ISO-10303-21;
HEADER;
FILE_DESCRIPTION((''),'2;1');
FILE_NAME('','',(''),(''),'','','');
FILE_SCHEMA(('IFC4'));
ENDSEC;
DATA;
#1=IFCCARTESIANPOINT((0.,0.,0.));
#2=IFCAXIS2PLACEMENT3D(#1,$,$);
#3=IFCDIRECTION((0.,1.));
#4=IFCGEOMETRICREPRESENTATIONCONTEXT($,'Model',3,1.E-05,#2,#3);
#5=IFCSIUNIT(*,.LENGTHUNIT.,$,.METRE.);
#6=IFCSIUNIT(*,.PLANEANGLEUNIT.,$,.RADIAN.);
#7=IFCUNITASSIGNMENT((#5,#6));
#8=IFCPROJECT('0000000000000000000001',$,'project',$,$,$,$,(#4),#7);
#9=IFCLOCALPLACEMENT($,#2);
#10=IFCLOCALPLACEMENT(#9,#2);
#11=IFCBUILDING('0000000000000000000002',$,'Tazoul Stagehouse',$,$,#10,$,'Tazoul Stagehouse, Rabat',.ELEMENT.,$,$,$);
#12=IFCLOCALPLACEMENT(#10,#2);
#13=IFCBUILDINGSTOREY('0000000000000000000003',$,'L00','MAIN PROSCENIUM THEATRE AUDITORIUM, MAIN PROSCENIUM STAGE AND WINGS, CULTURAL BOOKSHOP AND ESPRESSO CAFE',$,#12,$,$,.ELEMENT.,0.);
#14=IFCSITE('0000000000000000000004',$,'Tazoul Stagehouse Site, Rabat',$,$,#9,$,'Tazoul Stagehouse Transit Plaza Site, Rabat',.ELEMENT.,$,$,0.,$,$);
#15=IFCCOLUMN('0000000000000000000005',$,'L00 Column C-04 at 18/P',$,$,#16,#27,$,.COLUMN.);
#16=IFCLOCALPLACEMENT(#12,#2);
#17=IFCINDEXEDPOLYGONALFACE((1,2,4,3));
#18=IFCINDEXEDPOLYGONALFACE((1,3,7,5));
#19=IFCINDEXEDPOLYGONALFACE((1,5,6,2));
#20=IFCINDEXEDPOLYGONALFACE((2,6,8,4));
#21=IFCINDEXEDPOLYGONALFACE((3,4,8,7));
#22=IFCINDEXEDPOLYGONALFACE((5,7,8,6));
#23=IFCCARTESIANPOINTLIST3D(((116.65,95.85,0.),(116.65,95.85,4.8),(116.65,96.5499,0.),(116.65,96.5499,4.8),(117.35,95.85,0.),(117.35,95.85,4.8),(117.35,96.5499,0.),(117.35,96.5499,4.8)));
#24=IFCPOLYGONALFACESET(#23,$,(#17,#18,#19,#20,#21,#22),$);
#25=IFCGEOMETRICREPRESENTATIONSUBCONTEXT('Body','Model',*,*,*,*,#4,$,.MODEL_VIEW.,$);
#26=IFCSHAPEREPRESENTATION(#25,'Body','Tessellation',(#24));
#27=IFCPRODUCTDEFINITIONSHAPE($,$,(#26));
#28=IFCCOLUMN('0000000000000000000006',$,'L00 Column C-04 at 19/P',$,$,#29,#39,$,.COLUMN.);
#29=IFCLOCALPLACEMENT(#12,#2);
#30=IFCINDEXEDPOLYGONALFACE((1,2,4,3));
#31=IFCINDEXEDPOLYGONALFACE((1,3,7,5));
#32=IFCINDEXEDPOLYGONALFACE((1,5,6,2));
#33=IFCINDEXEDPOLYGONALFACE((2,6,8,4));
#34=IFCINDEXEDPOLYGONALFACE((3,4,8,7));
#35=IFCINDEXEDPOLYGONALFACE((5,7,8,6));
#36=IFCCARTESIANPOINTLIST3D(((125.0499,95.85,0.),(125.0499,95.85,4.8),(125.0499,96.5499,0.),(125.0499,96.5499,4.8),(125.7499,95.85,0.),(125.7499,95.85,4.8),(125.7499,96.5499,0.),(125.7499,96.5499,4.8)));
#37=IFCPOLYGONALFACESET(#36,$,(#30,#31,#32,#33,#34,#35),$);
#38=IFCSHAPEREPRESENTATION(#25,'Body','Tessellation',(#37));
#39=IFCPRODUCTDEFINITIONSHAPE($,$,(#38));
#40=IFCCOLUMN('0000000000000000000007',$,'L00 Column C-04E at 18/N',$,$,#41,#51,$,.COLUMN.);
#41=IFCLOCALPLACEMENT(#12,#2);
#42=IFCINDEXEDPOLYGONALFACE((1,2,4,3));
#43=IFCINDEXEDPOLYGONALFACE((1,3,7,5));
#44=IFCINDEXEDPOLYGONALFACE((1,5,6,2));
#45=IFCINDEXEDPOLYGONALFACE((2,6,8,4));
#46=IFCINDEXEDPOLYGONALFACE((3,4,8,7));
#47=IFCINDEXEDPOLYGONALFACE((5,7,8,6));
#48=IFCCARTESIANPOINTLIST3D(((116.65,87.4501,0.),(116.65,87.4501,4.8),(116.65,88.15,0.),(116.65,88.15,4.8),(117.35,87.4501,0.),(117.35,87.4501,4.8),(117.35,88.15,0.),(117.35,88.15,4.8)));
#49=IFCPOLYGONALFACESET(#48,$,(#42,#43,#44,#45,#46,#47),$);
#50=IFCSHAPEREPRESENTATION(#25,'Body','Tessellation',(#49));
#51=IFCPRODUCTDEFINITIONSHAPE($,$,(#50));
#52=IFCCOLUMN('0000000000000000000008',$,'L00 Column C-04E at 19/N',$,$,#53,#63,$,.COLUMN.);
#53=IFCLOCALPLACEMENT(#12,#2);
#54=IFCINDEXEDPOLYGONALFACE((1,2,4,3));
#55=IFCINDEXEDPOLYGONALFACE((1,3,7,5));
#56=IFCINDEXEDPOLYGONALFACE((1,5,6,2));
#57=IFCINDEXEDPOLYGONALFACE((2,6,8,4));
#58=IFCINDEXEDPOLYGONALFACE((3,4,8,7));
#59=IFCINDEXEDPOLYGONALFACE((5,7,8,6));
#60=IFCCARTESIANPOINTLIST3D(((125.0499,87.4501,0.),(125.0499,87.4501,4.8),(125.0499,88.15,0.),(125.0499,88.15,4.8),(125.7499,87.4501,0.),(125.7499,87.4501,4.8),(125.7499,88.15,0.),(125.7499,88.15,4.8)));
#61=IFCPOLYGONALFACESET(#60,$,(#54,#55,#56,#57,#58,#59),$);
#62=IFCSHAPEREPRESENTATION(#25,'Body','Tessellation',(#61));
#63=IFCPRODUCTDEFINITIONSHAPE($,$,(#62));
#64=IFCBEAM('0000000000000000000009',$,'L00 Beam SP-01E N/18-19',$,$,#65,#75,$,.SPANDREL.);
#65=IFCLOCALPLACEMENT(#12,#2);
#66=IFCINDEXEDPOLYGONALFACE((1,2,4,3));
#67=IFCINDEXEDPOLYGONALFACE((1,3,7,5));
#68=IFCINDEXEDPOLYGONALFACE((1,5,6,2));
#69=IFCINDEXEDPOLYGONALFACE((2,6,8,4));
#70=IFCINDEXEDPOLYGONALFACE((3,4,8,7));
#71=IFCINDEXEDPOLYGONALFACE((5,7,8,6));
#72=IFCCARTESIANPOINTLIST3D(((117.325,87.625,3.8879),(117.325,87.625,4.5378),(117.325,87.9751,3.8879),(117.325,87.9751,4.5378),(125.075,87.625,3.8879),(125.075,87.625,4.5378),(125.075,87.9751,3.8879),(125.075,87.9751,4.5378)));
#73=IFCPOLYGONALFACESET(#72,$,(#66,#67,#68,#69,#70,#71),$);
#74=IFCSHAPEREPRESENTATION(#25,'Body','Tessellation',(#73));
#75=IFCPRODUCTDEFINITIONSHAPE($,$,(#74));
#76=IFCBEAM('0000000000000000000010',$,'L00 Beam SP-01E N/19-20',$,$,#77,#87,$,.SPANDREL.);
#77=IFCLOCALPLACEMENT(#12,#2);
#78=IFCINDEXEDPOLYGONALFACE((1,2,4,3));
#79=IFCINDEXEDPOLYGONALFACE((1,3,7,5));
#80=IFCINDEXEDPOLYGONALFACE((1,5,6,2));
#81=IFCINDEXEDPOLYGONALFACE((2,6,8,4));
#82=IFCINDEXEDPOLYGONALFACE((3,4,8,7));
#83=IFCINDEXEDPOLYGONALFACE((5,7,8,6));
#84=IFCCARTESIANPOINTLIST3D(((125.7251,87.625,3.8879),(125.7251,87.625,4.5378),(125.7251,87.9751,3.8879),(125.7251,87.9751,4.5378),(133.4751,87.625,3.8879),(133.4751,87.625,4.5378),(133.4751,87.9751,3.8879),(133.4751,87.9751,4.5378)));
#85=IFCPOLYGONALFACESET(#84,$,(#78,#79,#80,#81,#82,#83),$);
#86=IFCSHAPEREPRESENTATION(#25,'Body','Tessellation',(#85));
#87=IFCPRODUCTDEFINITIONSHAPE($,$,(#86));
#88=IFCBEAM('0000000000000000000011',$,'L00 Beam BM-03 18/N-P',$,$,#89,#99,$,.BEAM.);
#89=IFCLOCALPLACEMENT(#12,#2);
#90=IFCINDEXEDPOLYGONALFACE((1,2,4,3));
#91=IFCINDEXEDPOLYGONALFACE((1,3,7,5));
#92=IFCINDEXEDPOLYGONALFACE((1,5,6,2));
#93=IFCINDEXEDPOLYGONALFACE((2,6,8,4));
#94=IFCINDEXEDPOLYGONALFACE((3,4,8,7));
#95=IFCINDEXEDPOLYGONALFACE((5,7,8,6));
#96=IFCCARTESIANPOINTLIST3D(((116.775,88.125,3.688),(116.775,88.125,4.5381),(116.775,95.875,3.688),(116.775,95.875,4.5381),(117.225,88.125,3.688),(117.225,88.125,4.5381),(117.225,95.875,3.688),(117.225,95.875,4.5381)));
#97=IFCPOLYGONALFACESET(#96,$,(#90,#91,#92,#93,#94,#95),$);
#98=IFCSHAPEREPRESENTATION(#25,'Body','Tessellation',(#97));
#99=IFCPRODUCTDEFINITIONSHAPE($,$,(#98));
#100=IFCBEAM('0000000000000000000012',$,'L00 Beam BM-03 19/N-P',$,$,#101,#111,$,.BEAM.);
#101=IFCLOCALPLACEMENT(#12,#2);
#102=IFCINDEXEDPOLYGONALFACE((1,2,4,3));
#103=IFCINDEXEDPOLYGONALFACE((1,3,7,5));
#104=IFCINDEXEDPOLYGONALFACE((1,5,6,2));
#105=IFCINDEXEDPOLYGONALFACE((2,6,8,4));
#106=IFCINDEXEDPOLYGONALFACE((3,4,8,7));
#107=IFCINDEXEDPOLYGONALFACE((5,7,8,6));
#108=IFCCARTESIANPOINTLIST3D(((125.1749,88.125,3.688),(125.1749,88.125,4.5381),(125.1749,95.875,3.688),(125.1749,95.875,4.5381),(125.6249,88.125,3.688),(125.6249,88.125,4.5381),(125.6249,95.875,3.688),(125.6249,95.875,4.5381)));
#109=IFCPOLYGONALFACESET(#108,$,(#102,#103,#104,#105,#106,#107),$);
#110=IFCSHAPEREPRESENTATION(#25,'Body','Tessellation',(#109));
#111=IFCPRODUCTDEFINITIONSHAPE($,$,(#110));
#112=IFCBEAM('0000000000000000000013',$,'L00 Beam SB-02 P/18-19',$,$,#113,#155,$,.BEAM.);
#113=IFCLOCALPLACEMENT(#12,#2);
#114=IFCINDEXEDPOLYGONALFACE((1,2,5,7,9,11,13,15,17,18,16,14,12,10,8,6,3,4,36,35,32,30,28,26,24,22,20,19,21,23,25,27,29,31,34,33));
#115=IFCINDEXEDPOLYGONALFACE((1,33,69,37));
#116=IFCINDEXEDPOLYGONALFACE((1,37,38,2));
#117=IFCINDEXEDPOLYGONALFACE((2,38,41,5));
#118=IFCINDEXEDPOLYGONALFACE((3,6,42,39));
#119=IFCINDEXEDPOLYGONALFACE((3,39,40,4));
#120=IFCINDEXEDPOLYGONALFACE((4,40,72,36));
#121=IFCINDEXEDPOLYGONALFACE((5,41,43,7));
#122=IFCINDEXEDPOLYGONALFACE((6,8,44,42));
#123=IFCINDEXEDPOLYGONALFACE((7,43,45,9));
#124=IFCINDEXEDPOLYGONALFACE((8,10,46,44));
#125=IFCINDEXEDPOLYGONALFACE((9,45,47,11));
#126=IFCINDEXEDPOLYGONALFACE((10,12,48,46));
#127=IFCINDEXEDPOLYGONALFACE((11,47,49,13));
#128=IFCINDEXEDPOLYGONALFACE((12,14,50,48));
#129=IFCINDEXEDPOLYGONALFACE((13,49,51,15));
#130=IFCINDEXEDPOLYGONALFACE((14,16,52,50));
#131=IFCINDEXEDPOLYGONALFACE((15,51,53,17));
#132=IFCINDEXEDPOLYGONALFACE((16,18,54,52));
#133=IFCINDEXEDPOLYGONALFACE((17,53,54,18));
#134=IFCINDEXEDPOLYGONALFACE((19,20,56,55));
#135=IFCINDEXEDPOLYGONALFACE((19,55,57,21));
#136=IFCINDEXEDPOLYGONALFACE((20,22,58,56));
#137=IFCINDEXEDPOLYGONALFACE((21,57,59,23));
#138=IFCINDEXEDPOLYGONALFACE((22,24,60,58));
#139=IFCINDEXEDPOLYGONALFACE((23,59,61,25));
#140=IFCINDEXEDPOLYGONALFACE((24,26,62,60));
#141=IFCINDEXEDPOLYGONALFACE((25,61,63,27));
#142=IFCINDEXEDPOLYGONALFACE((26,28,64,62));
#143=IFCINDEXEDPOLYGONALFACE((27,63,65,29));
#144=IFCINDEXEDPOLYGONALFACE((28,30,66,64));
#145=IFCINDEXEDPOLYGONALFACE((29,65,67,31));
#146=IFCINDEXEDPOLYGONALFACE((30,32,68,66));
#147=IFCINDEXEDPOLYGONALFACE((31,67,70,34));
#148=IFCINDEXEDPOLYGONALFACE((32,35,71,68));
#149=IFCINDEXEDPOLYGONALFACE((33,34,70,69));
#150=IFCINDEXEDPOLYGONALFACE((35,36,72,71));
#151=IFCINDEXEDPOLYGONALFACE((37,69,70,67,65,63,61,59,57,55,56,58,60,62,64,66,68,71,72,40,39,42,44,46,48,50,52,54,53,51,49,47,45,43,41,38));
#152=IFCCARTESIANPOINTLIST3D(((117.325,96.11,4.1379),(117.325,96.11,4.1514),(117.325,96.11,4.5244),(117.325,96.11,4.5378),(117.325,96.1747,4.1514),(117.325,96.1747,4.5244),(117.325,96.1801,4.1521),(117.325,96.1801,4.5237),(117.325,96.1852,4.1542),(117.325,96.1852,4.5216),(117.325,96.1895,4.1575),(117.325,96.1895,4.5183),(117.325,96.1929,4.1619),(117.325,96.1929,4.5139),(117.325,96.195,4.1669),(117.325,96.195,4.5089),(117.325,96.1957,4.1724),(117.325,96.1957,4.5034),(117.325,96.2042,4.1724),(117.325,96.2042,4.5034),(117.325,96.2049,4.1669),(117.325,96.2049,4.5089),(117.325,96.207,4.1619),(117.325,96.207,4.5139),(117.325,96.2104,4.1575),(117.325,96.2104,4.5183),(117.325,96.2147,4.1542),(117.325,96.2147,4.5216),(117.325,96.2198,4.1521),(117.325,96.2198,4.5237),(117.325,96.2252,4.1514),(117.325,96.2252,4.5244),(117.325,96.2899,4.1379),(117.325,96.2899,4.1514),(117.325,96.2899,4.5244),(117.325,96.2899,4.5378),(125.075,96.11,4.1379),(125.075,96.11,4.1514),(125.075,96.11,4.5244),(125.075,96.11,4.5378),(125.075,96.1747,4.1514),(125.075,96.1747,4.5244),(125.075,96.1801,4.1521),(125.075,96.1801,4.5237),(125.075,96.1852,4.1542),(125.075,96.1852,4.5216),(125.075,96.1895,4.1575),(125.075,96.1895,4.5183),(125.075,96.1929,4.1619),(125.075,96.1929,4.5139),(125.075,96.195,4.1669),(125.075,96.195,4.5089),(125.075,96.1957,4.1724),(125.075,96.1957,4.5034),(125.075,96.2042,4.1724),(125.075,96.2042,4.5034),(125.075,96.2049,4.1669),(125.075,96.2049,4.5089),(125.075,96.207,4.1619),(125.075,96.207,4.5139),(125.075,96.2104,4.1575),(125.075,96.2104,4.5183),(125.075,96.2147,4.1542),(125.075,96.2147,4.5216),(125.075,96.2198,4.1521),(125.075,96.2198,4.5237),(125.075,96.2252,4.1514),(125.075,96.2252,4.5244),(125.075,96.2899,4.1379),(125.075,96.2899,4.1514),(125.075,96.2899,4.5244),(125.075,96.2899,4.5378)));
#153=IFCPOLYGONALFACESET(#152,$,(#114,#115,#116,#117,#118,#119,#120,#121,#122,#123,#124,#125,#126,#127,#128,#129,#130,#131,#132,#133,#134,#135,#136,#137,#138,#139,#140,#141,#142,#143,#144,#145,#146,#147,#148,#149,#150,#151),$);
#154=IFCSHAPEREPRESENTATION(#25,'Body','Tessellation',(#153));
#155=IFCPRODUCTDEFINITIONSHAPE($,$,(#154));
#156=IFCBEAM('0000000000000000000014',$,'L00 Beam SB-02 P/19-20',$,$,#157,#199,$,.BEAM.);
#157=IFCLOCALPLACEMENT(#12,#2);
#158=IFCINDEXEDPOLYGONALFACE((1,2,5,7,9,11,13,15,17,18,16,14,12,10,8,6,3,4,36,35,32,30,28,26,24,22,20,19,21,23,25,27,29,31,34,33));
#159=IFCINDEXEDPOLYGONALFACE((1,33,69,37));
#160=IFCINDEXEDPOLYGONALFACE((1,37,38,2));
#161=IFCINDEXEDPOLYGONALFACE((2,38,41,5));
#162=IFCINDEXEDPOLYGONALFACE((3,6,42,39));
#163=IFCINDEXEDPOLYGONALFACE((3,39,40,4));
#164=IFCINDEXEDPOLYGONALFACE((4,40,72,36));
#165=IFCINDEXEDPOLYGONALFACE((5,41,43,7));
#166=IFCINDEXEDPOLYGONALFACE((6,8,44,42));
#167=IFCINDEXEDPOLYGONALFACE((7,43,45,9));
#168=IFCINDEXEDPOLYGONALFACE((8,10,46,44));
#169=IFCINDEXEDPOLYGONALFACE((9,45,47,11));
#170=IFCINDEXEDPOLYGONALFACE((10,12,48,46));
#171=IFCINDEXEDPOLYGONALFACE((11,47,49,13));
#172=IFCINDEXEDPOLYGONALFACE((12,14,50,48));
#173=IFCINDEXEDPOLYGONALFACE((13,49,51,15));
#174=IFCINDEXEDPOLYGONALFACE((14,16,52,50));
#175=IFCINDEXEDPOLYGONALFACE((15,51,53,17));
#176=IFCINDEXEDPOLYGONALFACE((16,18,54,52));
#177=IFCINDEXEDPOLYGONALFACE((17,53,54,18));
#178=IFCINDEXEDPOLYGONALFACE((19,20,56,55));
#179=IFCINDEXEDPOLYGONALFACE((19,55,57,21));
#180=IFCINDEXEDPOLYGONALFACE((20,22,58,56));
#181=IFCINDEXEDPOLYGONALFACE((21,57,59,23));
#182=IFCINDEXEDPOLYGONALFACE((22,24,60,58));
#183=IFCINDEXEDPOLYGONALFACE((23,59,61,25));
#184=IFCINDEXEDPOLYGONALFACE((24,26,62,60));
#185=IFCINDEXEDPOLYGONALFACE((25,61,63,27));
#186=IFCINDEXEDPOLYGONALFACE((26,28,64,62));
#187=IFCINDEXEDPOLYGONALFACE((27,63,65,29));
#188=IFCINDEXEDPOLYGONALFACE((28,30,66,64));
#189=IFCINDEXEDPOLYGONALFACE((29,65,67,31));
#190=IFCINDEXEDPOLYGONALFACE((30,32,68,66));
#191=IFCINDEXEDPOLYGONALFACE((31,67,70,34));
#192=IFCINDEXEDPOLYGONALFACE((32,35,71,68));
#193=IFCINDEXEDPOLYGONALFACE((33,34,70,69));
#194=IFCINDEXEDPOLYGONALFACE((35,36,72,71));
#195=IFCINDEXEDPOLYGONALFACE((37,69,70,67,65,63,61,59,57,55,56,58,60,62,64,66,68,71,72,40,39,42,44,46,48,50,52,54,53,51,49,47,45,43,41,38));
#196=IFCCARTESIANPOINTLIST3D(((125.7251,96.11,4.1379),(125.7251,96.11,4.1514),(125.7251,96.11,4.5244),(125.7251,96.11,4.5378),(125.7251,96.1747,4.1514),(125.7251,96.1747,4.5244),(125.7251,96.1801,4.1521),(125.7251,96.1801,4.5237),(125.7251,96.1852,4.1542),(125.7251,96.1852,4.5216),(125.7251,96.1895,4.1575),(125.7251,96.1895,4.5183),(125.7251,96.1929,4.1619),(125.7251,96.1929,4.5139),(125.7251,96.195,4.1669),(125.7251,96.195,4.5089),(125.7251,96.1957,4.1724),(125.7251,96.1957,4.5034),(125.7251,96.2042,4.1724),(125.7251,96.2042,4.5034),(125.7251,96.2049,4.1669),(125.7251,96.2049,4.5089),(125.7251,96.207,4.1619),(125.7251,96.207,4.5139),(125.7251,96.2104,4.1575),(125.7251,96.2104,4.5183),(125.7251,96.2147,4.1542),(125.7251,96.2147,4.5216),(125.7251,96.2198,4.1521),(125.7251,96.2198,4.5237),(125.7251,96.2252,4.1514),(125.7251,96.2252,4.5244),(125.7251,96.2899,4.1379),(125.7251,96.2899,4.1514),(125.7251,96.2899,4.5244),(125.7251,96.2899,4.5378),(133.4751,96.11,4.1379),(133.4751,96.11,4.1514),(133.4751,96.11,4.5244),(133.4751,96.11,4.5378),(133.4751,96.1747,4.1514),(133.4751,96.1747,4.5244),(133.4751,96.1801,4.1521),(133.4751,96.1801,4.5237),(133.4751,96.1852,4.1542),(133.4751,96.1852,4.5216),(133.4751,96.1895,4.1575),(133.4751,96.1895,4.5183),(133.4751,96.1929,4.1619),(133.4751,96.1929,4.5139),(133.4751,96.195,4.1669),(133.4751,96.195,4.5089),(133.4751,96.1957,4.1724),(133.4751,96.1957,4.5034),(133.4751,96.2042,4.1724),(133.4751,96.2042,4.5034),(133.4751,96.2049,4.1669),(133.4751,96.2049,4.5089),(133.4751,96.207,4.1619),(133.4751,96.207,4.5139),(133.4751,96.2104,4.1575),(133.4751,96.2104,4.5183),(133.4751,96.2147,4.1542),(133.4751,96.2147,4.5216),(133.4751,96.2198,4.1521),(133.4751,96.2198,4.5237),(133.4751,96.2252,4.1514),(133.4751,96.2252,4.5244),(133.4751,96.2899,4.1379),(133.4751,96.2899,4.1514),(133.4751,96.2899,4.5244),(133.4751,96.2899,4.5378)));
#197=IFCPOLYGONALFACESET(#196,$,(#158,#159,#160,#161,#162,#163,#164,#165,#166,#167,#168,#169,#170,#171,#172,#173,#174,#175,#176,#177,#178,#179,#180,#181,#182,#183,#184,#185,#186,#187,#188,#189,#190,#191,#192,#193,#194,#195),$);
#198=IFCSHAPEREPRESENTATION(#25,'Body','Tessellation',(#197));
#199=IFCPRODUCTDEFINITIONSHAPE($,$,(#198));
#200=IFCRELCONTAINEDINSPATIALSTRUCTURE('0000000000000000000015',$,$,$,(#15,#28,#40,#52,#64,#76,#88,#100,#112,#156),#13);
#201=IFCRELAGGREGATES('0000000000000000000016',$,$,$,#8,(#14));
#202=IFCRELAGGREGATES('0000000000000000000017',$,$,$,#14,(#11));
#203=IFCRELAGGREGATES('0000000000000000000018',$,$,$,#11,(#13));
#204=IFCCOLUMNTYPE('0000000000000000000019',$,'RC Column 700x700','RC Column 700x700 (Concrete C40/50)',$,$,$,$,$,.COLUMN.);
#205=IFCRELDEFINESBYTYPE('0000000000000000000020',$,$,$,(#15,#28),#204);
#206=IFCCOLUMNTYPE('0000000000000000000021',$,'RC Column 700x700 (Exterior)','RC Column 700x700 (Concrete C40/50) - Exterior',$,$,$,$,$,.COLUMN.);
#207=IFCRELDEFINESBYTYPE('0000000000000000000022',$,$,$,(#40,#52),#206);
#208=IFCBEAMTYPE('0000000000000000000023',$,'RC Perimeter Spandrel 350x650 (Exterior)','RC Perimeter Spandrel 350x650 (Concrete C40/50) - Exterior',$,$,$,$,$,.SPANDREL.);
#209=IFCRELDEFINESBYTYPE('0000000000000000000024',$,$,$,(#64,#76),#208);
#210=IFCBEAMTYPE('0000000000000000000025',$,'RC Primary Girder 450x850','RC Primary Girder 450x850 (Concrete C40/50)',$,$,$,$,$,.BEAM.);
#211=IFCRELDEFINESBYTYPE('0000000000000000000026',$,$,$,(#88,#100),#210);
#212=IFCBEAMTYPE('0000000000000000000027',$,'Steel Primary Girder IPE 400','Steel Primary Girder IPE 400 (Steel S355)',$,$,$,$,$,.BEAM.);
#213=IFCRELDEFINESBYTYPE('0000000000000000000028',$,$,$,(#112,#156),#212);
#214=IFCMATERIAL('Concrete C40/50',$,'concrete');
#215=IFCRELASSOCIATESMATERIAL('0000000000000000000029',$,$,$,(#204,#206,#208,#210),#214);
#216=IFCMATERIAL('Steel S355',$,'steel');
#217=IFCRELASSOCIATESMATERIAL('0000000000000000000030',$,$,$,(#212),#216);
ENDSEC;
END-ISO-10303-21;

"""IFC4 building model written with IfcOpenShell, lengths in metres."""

from ifc_helpers import new_model, si_unit, direction, frame, origin, origin_2d, place, context, subcontext, project, spatial, rectangle, i_section, extrude, material, material_profile, profile_set, type_object, element, save


model = new_model("IFC4")

# Units and contexts
model_context = context("Model", 3, precision=1e-05, world=origin(), true_north=direction((0.0, 1.0)))
body_context = subcontext(model_context, "Body", "Model", "MODEL_VIEW")
ifc_project = project(units=[si_unit("LENGTHUNIT", "METRE"), si_unit("PLANEANGLEUNIT", "RADIAN")], contexts=[model_context])

# Site, building, storey
site_placement = place(None, origin())
site = spatial("IfcSite", under=ifc_project, at=site_placement, Name="Tazoul Stagehouse Site, Rabat", LongName="Tazoul Stagehouse Transit Plaza Site, Rabat", CompositionType="ELEMENT", RefElevation=0.0)
building_placement = place(site_placement, origin())
building = spatial("IfcBuilding", under=site, at=building_placement, Name="Tazoul Stagehouse", LongName="Tazoul Stagehouse, Rabat", CompositionType="ELEMENT")
storey_placement = place(building_placement, origin())
storey = spatial("IfcBuildingStorey", under=building, at=storey_placement, Name="L00", Description="MAIN PROSCENIUM THEATRE AUDITORIUM, MAIN PROSCENIUM STAGE AND WINGS, CULTURAL BOOKSHOP AND ESPRESSO CAFE", CompositionType="ELEMENT", Elevation=0.0)

# Columns
ifc_material_1 = material(Name="Concrete C40/50", Category="concrete")
ifc_material_profile_1 = material_profile(ifc_material_1, rectangle(XDim=0.7, YDim=0.7, at=origin_2d()), Name="RC 700x700")
ifc_profile_set_1 = profile_set([ifc_material_profile_1], Name="Concrete C40/50")
column_type_1 = type_object("IfcColumnType", Name="RC Column 700x700", Description="RC Column 700x700 (Concrete C40/50)", PredefinedType="COLUMN", material=ifc_profile_set_1)
for number, where, z_axis, x_axis, name in (
    (1, (117.0, 96.2, 0.0), (0.0, 0.0, 1.0), (1.0, 0.0, 0.0), "L00 Column C-04 at 18/P"),
    (2, (125.3999, 96.2, 0.0), (0.0, 0.0, 1.0), (1.0, 0.0, 0.0), "L00 Column C-04 at 19/P"),
):
    element("IfcColumn", number, at=place(storey_placement, frame(where, z_axis=z_axis, x_axis=x_axis)), inside=storey, type_object=column_type_1, Name=name, PredefinedType="COLUMN", context=body_context, shape_type="SweptSolid", body=[
        extrude(rectangle(XDim=0.7, YDim=0.7, at=origin_2d()), origin(), (0.0, 0.0, 1.0), 4.8),
    ])
ifc_material_profile_2 = material_profile(ifc_material_1, rectangle(XDim=0.7, YDim=0.7, at=origin_2d()), Name="RC 700x700")
ifc_profile_set_2 = profile_set([ifc_material_profile_2], Name="Concrete C40/50")
column_type_2 = type_object("IfcColumnType", Name="RC Column 700x700 (Exterior)", Description="RC Column 700x700 (Concrete C40/50) - Exterior", PredefinedType="COLUMN", material=ifc_profile_set_2)
for number, where, z_axis, x_axis, name in (
    (3, (117.0, 87.8, 0.0), (0.0, 0.0, 1.0), (1.0, 0.0, 0.0), "L00 Column C-04E at 18/N"),
    (4, (125.3999, 87.8, 0.0), (0.0, 0.0, 1.0), (1.0, 0.0, 0.0), "L00 Column C-04E at 19/N"),
):
    element("IfcColumn", number, at=place(storey_placement, frame(where, z_axis=z_axis, x_axis=x_axis)), inside=storey, type_object=column_type_2, Name=name, PredefinedType="COLUMN", context=body_context, shape_type="SweptSolid", body=[
        extrude(rectangle(XDim=0.7, YDim=0.7, at=origin_2d()), origin(), (0.0, 0.0, 1.0), 4.8),
    ])

# Beams
ifc_material_profile_3 = material_profile(ifc_material_1, rectangle(XDim=0.3501, YDim=0.6499, at=origin_2d()), Name="RC 350x650")
ifc_profile_set_3 = profile_set([ifc_material_profile_3], Name="Concrete C40/50")
beam_type_1 = type_object("IfcBeamType", Name="RC Perimeter Spandrel 350x650 (Exterior)", Description="RC Perimeter Spandrel 350x650 (Concrete C40/50) - Exterior", PredefinedType="SPANDREL", material=ifc_profile_set_3)
for number, where, z_axis, x_axis, name in (
    (5, (117.325, 87.8, 4.2129), (1.0, 0.0, 0.0), (0.0, 1.0, 0.0), "L00 Beam SP-01E N/18-19"),
    (6, (125.7251, 87.8, 4.2129), (1.0, 0.0, 0.0), (0.0, 1.0, 0.0), "L00 Beam SP-01E N/19-20"),
):
    element("IfcBeam", number, at=place(storey_placement, frame(where, z_axis=z_axis, x_axis=x_axis)), inside=storey, type_object=beam_type_1, Name=name, PredefinedType="SPANDREL", context=body_context, shape_type="SweptSolid", body=[
        extrude(rectangle(XDim=0.3501, YDim=0.6499, at=origin_2d()), origin(), (0.0, 0.0, 1.0), 7.75),
    ])
ifc_material_profile_4 = material_profile(ifc_material_1, rectangle(XDim=0.45, YDim=0.8501, at=origin_2d()), Name="RC 450x850")
ifc_profile_set_4 = profile_set([ifc_material_profile_4], Name="Concrete C40/50")
beam_type_2 = type_object("IfcBeamType", Name="RC Primary Girder 450x850", Description="RC Primary Girder 450x850 (Concrete C40/50)", PredefinedType="BEAM", material=ifc_profile_set_4)
for number, where, z_axis, x_axis, name in (
    (7, (117.0, 88.125, 4.113), (0.0, 1.0, 0.0), (-1.0, 0.0, 0.0), "L00 Beam BM-03 18/N-P"),
    (8, (125.3999, 88.125, 4.113), (0.0, 1.0, 0.0), (-1.0, 0.0, 0.0), "L00 Beam BM-03 19/N-P"),
):
    element("IfcBeam", number, at=place(storey_placement, frame(where, z_axis=z_axis, x_axis=x_axis)), inside=storey, type_object=beam_type_2, Name=name, PredefinedType="BEAM", context=body_context, shape_type="SweptSolid", body=[
        extrude(rectangle(XDim=0.45, YDim=0.8501, at=origin_2d()), origin(), (0.0, 0.0, 1.0), 7.75),
    ])
ifc_material_2 = material(Name="Steel S355", Category="steel")
ifc_material_profile_5 = material_profile(ifc_material_2, i_section(OverallWidth=0.1799, OverallDepth=0.3999, WebThickness=0.0085, FlangeThickness=0.0134, FilletRadius=0.021, at=origin_2d()), Name="IPE 400")
ifc_profile_set_5 = profile_set([ifc_material_profile_5], Name="Steel S355")
beam_type_3 = type_object("IfcBeamType", Name="Steel Primary Girder IPE 400", Description="Steel Primary Girder IPE 400 (Steel S355)", PredefinedType="BEAM", material=ifc_profile_set_5)
for number, where, z_axis, x_axis, name in (
    (9, (117.325, 96.2, 4.3379), (1.0, 0.0, 0.0), (0.0, 1.0, 0.0), "L00 Beam SB-02 P/18-19"),
    (10, (125.7251, 96.2, 4.3379), (1.0, 0.0, 0.0), (0.0, 1.0, 0.0), "L00 Beam SB-02 P/19-20"),
):
    element("IfcBeam", number, at=place(storey_placement, frame(where, z_axis=z_axis, x_axis=x_axis)), inside=storey, type_object=beam_type_3, Name=name, PredefinedType="BEAM", context=body_context, shape_type="SweptSolid", body=[
        extrude(i_section(OverallWidth=0.1799, OverallDepth=0.3999, WebThickness=0.0085, FlangeThickness=0.0134, FilletRadius=0.021, at=origin_2d()), origin(), (0.0, 0.0, 1.0), 7.75),
    ])

save(model, "model.ifc")
